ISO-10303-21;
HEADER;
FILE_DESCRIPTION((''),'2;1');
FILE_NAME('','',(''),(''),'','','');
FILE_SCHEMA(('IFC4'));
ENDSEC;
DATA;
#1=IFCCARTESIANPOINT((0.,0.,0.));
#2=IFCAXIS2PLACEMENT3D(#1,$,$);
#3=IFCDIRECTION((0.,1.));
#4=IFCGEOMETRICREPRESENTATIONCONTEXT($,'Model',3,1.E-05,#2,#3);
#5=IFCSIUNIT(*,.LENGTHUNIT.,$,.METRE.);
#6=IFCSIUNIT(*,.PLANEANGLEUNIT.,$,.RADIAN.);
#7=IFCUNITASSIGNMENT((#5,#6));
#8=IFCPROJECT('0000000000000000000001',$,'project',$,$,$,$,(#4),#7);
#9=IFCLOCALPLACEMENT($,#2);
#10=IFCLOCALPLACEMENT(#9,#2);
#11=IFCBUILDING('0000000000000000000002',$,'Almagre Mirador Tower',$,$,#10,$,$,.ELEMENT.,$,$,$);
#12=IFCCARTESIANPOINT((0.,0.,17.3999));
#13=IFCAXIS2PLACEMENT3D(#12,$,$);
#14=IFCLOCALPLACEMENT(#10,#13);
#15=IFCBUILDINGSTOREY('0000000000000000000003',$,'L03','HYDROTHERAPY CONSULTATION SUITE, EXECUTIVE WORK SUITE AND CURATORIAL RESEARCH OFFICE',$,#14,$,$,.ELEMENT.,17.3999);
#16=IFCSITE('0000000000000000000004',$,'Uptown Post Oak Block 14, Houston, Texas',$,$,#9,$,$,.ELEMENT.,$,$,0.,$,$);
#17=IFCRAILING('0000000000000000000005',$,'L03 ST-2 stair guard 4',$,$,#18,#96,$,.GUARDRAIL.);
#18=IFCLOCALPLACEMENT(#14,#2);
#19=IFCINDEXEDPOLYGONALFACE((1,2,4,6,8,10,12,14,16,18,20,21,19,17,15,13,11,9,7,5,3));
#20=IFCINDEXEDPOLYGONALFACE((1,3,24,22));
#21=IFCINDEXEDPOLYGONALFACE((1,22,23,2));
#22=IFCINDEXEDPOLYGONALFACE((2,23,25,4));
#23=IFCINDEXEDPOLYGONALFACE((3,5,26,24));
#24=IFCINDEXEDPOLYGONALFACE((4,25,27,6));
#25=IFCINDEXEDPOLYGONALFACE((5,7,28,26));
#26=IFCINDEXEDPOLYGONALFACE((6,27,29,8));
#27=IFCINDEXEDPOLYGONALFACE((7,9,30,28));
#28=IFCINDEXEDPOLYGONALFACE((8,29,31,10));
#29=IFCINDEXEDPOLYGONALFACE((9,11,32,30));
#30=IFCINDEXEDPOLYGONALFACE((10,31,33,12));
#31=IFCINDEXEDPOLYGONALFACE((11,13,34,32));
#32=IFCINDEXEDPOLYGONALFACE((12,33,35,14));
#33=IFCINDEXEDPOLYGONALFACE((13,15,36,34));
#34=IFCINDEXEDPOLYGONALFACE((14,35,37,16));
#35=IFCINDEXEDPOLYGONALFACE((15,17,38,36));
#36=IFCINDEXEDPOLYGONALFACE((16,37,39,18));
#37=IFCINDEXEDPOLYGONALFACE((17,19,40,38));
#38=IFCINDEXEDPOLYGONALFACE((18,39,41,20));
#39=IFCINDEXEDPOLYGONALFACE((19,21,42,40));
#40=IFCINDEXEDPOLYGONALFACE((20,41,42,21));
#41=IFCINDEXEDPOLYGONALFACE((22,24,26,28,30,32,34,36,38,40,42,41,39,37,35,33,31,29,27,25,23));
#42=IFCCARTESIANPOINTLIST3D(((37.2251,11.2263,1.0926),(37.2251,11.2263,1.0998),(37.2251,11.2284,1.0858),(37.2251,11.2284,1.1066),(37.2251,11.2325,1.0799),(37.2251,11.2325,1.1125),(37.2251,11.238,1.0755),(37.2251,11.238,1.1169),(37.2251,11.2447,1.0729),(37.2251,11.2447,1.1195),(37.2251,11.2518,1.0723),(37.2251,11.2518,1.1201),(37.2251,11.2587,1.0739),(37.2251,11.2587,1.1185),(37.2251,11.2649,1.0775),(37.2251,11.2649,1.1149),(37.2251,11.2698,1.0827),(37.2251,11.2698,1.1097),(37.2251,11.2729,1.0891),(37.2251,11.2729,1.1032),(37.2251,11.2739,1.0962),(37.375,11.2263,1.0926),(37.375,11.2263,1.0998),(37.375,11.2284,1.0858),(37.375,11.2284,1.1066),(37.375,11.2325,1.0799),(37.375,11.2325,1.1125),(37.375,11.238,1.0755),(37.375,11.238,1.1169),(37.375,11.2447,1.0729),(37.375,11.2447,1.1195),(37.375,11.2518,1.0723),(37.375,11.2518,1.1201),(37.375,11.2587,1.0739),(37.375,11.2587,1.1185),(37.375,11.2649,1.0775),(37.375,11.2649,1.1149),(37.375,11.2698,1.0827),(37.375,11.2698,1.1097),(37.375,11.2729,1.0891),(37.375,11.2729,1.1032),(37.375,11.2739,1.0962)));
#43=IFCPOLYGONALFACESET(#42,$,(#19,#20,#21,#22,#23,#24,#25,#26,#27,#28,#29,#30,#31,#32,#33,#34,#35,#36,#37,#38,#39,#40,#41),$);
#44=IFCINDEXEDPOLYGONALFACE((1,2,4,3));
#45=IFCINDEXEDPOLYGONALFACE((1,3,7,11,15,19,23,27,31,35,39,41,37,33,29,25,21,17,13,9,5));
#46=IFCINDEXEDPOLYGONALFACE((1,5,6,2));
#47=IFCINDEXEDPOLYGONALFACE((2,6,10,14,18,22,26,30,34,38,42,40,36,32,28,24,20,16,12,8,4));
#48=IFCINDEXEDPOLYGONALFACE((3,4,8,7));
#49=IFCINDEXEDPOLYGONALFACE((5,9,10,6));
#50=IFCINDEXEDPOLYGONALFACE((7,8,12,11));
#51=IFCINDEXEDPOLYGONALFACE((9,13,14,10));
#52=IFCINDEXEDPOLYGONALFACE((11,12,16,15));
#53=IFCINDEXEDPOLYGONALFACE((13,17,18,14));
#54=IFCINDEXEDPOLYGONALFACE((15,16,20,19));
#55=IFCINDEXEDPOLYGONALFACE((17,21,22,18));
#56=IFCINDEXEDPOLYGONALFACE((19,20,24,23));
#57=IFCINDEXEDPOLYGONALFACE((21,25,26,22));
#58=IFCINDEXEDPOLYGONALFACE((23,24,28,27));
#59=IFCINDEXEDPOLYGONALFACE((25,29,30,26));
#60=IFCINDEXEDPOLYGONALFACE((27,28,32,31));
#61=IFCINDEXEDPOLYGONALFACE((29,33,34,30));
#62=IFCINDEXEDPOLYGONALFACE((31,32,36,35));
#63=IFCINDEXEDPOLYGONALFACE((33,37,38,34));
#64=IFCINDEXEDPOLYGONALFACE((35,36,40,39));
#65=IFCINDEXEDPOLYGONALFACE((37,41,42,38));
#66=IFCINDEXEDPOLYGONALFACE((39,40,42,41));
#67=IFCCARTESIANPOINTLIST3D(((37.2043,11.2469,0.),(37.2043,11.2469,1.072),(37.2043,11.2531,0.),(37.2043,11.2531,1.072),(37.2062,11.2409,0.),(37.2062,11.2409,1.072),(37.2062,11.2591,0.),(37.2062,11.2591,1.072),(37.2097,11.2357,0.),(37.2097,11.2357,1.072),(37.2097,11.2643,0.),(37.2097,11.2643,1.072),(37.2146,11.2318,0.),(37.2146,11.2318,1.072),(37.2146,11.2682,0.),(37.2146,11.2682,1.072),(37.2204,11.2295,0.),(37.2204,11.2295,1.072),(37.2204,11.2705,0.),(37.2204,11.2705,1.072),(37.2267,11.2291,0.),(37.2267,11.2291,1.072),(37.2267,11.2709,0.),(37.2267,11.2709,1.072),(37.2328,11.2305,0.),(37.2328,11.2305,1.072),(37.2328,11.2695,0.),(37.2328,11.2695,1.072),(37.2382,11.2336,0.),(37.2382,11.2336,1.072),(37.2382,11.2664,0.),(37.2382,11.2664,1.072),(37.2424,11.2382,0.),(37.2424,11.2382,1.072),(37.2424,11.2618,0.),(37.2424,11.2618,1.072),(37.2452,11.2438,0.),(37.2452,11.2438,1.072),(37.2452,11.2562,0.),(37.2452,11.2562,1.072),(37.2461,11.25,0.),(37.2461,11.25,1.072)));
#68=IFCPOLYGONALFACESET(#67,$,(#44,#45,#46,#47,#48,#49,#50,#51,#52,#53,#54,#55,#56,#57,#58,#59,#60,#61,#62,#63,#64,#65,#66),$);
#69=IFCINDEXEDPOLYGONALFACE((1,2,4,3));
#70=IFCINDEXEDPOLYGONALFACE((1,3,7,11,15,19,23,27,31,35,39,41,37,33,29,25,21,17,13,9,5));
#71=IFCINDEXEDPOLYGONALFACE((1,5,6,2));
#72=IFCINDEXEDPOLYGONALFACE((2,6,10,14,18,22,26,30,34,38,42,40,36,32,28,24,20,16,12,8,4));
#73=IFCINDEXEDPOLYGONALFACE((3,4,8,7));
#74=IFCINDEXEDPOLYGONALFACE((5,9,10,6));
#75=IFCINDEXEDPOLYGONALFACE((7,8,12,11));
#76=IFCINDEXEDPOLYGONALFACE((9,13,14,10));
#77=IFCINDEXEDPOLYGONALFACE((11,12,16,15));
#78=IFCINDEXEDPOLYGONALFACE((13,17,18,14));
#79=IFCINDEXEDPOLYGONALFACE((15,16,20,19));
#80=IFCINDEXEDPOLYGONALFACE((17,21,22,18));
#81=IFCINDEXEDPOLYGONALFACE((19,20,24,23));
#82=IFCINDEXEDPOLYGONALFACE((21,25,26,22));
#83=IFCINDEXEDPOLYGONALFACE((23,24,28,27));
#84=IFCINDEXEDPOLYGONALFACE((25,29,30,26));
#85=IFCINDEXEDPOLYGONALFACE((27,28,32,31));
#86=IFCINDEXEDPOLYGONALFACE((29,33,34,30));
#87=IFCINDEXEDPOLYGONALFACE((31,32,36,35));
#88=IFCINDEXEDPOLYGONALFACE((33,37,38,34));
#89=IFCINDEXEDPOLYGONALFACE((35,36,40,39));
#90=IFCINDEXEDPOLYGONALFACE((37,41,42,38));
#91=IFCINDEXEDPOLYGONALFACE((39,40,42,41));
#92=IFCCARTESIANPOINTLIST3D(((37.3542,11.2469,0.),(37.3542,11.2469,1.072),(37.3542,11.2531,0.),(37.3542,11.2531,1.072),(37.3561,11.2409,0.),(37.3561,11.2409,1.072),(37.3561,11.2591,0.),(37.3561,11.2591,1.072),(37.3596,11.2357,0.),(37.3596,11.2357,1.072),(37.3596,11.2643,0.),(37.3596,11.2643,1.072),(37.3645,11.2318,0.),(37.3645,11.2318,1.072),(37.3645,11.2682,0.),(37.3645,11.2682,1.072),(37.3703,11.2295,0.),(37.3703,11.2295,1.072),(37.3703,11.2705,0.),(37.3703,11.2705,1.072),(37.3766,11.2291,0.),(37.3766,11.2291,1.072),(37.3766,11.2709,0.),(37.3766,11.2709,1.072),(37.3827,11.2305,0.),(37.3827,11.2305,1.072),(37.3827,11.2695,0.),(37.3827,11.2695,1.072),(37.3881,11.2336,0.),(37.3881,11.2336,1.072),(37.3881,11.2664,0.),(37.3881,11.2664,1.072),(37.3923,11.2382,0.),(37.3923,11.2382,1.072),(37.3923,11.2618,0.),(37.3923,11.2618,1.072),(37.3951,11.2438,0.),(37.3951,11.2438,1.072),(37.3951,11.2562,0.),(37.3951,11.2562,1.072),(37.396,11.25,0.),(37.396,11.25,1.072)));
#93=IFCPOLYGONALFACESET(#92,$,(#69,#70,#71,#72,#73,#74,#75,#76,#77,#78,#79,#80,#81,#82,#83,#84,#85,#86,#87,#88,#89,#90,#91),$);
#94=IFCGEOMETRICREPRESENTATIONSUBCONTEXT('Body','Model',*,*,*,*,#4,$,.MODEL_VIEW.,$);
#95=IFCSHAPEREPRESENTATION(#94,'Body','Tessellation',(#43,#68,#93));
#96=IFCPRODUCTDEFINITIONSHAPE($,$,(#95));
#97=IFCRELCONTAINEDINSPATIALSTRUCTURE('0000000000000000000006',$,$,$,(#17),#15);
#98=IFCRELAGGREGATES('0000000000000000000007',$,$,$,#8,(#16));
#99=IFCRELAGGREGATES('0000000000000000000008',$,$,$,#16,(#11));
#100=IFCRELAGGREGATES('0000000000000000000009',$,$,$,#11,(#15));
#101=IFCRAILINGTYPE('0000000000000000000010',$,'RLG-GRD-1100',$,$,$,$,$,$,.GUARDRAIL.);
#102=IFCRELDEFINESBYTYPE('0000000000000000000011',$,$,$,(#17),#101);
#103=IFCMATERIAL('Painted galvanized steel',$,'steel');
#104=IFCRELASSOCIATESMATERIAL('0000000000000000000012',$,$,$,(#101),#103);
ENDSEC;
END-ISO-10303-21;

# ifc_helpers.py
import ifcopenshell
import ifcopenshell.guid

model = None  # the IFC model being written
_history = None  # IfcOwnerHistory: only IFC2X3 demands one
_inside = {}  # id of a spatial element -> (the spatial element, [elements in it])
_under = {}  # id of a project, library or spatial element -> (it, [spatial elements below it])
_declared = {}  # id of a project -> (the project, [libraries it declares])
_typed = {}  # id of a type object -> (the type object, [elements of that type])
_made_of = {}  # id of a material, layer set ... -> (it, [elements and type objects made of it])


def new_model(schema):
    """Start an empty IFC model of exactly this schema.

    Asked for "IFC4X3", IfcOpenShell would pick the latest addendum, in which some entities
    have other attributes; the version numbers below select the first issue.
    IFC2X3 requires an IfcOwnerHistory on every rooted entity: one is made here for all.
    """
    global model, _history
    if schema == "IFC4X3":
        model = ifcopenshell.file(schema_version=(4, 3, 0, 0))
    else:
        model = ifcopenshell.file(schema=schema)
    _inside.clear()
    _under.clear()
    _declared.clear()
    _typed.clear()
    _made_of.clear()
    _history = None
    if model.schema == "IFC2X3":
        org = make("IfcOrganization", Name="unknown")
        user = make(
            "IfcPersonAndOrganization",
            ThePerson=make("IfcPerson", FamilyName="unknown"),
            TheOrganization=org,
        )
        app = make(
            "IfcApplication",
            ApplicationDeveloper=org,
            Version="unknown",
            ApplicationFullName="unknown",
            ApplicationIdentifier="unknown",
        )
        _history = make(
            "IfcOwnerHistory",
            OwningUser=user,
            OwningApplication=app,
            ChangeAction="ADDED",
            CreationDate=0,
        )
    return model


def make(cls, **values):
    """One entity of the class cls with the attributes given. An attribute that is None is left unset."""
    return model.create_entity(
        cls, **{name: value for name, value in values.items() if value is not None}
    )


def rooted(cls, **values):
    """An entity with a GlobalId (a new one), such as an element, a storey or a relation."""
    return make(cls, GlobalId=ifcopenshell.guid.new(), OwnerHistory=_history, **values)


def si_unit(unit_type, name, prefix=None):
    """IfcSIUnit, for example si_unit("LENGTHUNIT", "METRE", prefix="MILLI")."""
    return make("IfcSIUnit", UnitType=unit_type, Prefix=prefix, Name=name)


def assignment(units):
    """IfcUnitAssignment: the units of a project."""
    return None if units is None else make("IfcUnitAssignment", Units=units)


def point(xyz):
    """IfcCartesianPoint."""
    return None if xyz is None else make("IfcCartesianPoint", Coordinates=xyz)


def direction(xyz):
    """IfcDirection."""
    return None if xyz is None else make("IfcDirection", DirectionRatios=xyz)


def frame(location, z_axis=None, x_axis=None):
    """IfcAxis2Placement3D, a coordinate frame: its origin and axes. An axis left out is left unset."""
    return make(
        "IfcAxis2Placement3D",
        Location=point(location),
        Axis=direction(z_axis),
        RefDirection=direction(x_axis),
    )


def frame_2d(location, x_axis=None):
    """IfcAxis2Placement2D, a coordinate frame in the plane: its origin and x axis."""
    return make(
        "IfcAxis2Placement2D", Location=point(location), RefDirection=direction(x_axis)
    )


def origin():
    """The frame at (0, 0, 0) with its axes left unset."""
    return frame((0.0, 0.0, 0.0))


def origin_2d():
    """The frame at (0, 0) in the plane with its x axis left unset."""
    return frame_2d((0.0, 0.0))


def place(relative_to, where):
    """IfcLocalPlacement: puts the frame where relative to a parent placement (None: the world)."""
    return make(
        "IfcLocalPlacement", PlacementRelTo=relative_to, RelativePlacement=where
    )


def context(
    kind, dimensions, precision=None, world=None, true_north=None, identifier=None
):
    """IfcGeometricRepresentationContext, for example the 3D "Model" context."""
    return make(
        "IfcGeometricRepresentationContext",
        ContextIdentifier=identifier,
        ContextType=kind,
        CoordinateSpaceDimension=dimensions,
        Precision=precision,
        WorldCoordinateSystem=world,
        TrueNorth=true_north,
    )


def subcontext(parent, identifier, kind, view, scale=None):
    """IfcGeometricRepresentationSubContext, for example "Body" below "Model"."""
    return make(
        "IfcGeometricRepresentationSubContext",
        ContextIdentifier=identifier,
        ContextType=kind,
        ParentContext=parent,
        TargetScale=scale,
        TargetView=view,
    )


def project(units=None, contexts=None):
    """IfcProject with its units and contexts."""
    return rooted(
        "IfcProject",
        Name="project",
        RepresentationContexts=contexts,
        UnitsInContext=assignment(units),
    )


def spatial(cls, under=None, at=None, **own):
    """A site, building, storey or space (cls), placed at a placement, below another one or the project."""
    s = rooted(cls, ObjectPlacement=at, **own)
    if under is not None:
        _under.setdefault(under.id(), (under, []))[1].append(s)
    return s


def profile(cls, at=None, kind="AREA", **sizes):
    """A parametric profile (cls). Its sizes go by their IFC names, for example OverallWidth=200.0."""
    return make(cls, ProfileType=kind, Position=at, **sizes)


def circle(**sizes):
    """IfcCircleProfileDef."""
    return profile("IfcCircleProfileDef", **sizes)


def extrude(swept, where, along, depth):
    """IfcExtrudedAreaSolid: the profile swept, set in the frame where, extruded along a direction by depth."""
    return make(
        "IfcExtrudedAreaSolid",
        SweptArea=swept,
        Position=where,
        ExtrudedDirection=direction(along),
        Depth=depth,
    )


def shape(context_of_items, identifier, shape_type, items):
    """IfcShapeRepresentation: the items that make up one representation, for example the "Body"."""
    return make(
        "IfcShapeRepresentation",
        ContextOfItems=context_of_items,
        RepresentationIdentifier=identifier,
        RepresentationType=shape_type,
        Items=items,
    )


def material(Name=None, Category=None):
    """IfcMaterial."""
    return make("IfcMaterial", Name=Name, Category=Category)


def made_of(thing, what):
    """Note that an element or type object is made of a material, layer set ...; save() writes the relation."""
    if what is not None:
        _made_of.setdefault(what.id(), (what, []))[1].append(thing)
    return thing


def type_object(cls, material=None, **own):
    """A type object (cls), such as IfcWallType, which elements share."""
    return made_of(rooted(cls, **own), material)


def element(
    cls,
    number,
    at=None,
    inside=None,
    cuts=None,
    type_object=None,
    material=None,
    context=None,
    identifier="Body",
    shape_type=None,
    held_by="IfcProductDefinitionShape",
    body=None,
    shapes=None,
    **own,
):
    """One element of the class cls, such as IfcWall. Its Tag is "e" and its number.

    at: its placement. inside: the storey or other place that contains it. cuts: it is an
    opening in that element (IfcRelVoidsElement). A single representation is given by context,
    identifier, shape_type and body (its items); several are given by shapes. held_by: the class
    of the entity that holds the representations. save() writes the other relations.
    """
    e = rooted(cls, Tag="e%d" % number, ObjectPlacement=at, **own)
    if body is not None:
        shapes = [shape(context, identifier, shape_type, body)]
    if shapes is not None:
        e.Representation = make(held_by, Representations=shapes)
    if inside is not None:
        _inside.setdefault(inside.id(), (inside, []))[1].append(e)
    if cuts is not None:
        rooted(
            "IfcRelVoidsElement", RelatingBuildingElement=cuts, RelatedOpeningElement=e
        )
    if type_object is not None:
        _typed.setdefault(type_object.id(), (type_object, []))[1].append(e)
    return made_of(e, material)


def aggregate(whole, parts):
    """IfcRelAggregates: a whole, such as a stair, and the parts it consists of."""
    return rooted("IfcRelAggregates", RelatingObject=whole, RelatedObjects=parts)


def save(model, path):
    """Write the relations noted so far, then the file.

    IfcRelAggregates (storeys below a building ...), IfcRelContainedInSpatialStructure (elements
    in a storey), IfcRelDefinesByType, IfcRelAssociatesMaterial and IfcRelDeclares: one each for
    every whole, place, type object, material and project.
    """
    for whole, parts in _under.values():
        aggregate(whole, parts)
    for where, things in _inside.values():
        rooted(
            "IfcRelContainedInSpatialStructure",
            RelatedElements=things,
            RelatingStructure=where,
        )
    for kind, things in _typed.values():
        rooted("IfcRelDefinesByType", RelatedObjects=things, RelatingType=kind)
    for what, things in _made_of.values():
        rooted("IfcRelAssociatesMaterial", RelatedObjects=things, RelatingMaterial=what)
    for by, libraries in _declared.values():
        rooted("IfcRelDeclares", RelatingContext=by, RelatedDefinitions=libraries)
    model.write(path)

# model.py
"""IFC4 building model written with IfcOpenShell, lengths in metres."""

from ifc_helpers import new_model, si_unit, direction, frame, origin, origin_2d, place, context, subcontext, project, spatial, circle, extrude, material, type_object, element, save


model = new_model("IFC4")

# Units and contexts
model_context = context("Model", 3, precision=1e-05, world=origin(), true_north=direction((0.0, 1.0)))
body_context = subcontext(model_context, "Body", "Model", "MODEL_VIEW")
ifc_project = project(units=[si_unit("LENGTHUNIT", "METRE"), si_unit("PLANEANGLEUNIT", "RADIAN")], contexts=[model_context])

# Site, building, storey
site_placement = place(None, origin())
site = spatial("IfcSite", under=ifc_project, at=site_placement, Name="Uptown Post Oak Block 14, Houston, Texas", CompositionType="ELEMENT", RefElevation=0.0)
building_placement = place(site_placement, origin())
building = spatial("IfcBuilding", under=site, at=building_placement, Name="Almagre Mirador Tower", CompositionType="ELEMENT")
storey_placement = place(building_placement, frame((0.0, 0.0, 17.3999)))
storey = spatial("IfcBuildingStorey", under=building, at=storey_placement, Name="L03", Description="HYDROTHERAPY CONSULTATION SUITE, EXECUTIVE WORK SUITE AND CURATORIAL RESEARCH OFFICE", CompositionType="ELEMENT", Elevation=17.3999)

# Railing
ifc_material_1 = material(Name="Painted galvanized steel", Category="steel")
railing_type_1 = type_object("IfcRailingType", Name="RLG-GRD-1100", PredefinedType="GUARDRAIL", material=ifc_material_1)
railing_1_placement = place(storey_placement, frame((37.2251, 11.25, 0.0)))
element("IfcRailing", 1, at=railing_1_placement, inside=storey, type_object=railing_type_1, Name="L03 ST-2 stair guard 4", PredefinedType="GUARDRAIL", context=body_context, shape_type="SweptSolid", body=[
    extrude(circle(Radius=0.0239, at=origin_2d()), frame((0.0, 0.0, 1.0962), z_axis=(1.0, 0.0, 0.0), x_axis=(0.0, 1.0, 0.0)), (0.0, 0.0, 1.0), 0.1499),
    extrude(circle(Radius=0.021, at=origin_2d()), origin(), (0.0, 0.0, 1.0), 1.072),
    extrude(circle(Radius=0.021, at=origin_2d()), frame((0.1499, 0.0, 0.0)), (0.0, 0.0, 1.0), 1.072),
])

save(model, "model.ifc")
